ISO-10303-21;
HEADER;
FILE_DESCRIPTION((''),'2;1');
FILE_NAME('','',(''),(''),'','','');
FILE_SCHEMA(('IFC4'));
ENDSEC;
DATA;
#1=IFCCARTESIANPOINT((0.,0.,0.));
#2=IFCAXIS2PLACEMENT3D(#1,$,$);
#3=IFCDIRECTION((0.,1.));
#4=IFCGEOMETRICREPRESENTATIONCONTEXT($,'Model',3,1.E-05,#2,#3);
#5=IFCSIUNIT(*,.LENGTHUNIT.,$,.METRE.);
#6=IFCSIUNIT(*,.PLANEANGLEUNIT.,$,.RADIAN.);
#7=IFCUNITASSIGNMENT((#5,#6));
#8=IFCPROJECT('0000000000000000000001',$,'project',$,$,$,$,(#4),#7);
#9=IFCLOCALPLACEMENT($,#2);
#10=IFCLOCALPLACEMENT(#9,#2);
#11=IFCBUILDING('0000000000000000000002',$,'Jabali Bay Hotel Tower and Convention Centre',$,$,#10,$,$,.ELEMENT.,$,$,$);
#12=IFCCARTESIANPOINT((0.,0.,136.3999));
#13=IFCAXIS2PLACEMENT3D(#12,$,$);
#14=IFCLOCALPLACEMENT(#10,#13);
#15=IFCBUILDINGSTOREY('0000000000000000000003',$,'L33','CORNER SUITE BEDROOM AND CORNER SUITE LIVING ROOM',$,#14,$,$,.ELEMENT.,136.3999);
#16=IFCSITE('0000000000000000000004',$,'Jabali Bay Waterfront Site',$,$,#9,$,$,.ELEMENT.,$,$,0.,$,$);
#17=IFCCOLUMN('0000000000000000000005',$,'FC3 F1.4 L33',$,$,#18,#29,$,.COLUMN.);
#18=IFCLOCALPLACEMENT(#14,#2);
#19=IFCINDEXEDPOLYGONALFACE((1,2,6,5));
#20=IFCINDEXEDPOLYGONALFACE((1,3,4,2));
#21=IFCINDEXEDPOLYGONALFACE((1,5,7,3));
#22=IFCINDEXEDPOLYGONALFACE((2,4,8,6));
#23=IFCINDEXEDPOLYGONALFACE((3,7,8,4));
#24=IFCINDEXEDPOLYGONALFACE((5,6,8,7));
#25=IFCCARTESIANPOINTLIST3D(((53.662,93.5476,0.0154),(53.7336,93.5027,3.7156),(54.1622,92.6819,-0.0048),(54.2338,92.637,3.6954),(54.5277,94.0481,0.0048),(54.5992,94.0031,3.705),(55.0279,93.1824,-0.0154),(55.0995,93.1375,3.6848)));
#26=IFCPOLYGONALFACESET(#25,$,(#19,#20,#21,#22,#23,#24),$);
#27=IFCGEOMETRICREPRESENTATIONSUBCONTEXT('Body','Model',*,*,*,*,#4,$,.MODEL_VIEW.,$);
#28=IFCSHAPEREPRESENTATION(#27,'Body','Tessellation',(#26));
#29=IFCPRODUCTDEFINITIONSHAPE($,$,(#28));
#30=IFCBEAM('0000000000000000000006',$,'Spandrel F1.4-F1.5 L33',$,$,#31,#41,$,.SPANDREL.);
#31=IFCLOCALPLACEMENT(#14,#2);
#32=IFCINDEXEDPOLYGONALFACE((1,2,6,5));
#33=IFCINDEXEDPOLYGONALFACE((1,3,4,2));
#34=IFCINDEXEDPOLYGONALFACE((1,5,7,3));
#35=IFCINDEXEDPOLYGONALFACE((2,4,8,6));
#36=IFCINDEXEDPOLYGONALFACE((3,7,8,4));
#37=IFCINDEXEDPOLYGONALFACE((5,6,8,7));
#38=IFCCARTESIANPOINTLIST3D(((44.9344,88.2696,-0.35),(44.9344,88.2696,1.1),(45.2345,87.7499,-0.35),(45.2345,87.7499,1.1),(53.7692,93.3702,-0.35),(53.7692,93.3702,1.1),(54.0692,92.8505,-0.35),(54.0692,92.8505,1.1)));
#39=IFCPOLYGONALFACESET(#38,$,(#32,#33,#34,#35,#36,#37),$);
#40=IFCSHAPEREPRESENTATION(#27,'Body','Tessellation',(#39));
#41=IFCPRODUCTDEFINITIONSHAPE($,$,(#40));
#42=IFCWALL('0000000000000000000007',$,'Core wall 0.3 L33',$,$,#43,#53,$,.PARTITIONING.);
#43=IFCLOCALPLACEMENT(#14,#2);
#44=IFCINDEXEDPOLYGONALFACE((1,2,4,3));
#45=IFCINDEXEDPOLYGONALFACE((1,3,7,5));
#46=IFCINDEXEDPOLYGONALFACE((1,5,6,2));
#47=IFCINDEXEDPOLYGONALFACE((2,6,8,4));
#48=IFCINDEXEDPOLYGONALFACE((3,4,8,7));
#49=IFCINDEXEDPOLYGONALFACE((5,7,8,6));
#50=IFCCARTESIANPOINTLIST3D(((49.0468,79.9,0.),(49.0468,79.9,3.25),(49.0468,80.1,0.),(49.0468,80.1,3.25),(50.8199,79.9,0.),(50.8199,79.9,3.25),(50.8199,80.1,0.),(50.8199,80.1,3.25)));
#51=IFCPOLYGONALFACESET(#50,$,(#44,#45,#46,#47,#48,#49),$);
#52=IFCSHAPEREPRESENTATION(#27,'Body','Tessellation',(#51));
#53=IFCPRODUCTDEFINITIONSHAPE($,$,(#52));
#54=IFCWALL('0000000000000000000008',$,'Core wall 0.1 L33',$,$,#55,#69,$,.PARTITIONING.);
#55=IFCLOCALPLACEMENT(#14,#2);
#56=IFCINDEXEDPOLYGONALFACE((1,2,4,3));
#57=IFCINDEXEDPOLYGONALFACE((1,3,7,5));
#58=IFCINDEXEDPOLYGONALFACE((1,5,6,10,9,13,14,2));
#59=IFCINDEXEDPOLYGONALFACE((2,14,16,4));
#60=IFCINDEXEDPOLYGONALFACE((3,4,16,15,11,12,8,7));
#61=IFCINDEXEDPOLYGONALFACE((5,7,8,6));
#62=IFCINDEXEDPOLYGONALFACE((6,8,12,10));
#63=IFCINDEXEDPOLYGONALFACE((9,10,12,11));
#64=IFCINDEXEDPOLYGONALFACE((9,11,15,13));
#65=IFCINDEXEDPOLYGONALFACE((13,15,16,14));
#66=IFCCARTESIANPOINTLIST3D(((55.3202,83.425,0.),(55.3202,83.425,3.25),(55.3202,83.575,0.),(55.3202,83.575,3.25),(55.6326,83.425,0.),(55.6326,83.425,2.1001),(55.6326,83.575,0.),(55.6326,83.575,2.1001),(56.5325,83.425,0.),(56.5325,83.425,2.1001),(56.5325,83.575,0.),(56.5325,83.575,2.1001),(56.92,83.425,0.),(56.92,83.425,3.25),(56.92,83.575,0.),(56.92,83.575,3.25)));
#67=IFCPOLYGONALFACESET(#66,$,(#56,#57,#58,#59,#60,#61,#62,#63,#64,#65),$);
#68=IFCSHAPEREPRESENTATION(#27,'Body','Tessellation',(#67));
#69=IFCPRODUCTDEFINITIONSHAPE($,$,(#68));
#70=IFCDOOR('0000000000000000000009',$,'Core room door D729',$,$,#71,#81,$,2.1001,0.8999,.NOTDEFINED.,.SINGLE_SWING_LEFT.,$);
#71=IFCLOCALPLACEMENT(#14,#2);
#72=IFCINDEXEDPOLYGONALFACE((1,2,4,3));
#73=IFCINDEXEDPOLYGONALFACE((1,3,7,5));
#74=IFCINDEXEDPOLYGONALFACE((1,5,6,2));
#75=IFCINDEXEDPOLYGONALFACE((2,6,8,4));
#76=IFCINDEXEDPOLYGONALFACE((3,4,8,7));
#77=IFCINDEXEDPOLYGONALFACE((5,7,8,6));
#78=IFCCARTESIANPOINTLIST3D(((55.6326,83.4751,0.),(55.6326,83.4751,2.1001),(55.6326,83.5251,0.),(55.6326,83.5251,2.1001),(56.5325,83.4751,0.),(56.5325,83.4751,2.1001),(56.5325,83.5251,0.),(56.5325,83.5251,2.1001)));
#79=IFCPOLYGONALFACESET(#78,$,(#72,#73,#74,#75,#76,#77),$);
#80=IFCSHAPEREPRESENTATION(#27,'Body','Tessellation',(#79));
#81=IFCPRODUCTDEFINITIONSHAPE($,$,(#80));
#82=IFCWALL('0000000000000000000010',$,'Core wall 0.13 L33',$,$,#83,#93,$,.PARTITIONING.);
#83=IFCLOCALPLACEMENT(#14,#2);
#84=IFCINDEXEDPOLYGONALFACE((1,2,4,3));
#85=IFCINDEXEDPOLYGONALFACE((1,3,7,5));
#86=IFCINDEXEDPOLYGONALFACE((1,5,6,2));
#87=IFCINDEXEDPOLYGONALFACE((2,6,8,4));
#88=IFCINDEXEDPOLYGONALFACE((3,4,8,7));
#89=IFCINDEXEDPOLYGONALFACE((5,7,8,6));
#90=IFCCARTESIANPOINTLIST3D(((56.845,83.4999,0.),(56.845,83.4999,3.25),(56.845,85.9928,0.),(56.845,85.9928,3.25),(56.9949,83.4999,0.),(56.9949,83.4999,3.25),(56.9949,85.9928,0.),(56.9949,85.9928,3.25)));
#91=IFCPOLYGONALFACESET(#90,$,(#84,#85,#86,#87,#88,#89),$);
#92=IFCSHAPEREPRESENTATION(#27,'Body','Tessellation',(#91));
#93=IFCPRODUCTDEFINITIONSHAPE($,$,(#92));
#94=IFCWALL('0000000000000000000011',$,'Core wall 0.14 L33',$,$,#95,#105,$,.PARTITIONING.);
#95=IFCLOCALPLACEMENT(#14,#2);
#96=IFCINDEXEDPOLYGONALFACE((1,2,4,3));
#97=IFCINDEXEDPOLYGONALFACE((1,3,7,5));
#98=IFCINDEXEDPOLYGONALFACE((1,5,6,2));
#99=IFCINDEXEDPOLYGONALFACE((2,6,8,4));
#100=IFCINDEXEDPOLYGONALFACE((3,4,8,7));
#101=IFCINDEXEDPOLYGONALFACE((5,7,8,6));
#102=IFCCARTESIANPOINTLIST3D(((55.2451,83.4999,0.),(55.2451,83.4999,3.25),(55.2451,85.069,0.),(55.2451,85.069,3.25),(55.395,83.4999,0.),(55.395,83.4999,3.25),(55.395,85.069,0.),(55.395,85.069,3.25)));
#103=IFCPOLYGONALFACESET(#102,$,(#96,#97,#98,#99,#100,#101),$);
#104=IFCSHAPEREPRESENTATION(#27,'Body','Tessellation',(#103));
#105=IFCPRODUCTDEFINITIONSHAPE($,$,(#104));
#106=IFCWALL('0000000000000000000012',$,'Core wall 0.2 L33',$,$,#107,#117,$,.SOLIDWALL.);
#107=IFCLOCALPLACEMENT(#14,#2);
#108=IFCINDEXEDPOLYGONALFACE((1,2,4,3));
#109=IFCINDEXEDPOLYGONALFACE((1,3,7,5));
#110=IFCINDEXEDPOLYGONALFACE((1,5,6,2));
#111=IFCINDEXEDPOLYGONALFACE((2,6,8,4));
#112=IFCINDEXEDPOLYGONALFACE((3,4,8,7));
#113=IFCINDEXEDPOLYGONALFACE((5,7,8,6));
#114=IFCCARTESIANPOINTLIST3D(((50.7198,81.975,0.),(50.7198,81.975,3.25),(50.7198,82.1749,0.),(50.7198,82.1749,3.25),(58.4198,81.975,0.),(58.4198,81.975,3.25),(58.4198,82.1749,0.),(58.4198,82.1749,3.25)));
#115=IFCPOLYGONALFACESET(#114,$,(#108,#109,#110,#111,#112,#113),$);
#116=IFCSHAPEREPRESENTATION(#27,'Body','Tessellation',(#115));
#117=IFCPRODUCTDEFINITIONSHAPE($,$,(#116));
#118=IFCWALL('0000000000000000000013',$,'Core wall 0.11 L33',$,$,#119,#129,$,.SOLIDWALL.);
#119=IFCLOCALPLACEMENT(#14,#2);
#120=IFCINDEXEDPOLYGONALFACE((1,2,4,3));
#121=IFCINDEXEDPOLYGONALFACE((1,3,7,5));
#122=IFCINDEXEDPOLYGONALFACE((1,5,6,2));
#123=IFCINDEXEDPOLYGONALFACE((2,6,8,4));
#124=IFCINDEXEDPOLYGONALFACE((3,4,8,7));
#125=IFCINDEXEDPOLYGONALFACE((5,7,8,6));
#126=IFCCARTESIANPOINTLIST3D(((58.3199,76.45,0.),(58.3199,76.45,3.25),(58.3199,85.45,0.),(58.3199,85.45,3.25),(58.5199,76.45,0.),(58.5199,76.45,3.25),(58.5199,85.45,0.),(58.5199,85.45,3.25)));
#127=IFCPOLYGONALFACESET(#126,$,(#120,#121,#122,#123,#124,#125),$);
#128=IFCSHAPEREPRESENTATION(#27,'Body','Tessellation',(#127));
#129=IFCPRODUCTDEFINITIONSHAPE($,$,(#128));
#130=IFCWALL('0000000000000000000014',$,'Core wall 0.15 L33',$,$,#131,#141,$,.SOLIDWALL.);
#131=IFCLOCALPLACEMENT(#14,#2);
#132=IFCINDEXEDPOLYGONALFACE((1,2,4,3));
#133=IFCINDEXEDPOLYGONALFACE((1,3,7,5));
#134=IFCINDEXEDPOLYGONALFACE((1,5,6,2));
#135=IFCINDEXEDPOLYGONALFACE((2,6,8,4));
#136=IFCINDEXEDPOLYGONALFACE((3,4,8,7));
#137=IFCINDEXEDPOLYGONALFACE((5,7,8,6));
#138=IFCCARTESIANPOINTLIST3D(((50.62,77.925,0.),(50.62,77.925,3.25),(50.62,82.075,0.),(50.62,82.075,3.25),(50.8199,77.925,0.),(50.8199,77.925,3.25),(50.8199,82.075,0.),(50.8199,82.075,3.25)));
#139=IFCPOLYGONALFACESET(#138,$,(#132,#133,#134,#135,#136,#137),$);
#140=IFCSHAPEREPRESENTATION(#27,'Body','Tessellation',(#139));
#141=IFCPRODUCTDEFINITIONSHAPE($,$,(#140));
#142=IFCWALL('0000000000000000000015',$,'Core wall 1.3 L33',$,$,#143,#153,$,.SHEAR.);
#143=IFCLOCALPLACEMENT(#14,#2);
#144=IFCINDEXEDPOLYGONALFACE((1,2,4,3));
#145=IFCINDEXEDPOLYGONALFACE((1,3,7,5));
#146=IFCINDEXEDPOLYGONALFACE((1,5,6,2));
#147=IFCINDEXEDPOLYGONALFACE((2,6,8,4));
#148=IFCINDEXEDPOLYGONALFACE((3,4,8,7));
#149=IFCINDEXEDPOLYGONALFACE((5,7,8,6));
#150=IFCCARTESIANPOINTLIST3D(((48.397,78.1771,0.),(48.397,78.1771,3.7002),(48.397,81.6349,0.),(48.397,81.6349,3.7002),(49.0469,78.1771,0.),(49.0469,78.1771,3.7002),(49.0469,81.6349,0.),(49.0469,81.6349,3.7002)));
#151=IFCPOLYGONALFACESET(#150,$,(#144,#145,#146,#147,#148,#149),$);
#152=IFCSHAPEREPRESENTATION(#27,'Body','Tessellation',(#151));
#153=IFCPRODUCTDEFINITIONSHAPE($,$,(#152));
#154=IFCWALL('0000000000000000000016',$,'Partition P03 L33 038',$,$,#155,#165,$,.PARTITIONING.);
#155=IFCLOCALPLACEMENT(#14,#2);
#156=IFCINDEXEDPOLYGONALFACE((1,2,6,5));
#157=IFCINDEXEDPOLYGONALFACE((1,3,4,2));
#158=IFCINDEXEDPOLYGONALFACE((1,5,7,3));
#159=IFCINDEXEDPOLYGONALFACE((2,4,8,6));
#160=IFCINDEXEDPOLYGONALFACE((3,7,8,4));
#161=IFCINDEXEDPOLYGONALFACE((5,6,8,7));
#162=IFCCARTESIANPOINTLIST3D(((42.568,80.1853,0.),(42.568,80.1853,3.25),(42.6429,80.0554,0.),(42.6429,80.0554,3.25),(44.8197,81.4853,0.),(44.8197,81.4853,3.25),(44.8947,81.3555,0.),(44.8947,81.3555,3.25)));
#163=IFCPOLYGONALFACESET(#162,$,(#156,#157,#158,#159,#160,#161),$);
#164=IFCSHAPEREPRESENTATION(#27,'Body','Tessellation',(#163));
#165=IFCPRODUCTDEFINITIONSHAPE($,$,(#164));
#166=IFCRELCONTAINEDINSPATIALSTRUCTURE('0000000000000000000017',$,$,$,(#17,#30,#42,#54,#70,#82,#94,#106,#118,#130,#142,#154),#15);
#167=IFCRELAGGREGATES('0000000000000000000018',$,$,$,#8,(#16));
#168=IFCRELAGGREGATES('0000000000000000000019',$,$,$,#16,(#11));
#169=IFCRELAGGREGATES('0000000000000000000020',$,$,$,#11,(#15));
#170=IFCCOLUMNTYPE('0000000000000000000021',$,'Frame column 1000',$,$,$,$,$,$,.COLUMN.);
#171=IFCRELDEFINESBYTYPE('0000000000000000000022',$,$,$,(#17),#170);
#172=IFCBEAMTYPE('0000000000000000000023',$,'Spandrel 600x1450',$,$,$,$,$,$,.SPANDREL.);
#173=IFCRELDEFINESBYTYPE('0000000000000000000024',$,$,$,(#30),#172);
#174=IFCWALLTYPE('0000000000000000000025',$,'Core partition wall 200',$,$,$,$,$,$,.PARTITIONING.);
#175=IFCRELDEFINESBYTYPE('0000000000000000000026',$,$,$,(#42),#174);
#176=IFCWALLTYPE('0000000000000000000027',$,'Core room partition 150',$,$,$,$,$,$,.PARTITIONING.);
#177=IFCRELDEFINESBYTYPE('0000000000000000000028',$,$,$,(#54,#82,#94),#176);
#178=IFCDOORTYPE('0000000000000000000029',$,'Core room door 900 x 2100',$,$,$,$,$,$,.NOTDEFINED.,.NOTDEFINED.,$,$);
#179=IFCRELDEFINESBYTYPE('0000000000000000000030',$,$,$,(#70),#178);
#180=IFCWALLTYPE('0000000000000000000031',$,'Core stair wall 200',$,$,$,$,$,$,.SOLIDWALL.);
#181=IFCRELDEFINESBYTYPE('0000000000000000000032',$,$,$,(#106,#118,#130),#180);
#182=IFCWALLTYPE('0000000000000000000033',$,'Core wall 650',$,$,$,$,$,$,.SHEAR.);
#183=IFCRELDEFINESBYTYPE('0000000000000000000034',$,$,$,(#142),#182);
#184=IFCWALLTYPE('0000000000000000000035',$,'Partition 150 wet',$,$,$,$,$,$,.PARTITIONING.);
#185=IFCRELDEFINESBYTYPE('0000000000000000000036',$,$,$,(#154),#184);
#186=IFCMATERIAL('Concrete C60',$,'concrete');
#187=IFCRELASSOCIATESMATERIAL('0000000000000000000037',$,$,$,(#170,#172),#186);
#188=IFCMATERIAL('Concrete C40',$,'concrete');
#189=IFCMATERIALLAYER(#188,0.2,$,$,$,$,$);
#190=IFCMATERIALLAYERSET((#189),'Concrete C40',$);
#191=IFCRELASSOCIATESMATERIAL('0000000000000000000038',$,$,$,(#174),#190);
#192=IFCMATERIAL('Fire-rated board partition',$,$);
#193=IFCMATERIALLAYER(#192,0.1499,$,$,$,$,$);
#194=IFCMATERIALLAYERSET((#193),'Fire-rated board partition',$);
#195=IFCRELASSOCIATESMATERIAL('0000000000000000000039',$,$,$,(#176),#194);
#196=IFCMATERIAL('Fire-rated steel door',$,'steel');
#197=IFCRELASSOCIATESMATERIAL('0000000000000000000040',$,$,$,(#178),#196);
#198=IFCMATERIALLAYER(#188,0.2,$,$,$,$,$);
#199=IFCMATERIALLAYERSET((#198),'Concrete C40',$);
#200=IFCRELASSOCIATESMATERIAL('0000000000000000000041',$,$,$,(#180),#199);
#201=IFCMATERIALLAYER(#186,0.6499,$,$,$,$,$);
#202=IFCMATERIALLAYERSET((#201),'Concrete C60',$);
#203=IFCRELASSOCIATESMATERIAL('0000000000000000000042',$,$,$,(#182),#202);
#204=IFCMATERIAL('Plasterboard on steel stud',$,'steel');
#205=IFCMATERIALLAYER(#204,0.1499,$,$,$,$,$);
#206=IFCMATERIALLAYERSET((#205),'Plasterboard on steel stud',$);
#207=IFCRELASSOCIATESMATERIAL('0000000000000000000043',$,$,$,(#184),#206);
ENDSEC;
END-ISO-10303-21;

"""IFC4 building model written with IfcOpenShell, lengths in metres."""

from ifc_helpers import new_model, si_unit, direction, frame, frame_2d, origin, origin_2d, place, context, subcontext, project, spatial, rectangle, extrude, material, layer, layer_set, material_profile, profile_set, type_object, element, fill, save


model = new_model("IFC4")

# Units and contexts
model_context = context("Model", 3, precision=1e-05, world=origin(), true_north=direction((0.0, 1.0)))
body_context = subcontext(model_context, "Body", "Model", "MODEL_VIEW")
ifc_project = project(units=[si_unit("LENGTHUNIT", "METRE"), si_unit("PLANEANGLEUNIT", "RADIAN")], contexts=[model_context])

# Site, building, storey
site_placement = place(None, origin())
site = spatial("IfcSite", under=ifc_project, at=site_placement, Name="Jabali Bay Waterfront Site", CompositionType="ELEMENT", RefElevation=0.0)
building_placement = place(site_placement, origin())
building = spatial("IfcBuilding", under=site, at=building_placement, Name="Jabali Bay Hotel Tower and Convention Centre", CompositionType="ELEMENT")
storey_placement = place(building_placement, frame((0.0, 0.0, 136.3999)))
storey = spatial("IfcBuildingStorey", under=building, at=storey_placement, Name="L33", Description="CORNER SUITE BEDROOM AND CORNER SUITE LIVING ROOM", CompositionType="ELEMENT", Elevation=136.3999)

# Column
ifc_material_1 = material(Name="Concrete C60", Category="concrete")
ifc_material_profile_1 = material_profile(ifc_material_1, rectangle(XDim=1.0, YDim=1.0, at=origin_2d()), Name="Frame column 1000")
ifc_profile_set_1 = profile_set([ifc_material_profile_1], Name="Concrete C60")
column_type = type_object("IfcColumnType", Name="Frame column 1000", PredefinedType="COLUMN", material=ifc_profile_set_1)
column_placement = place(storey_placement, frame((54.345, 93.365, 0.0), z_axis=(0.019327, -0.012137, 0.99974), x_axis=(-0.500203, 0.865673, 0.02018)))
element("IfcColumn", 1, at=column_placement, inside=storey, type_object=column_type, Name="FC3 F1.4 L33", PredefinedType="COLUMN", context=body_context, shape_type="SweptSolid", body=[
    extrude(rectangle(XDim=1.0, YDim=1.0, at=origin_2d()), origin(), (0.0, 0.0, 1.0), 3.7012),
])

# Beam
ifc_material_profile_2 = material_profile(ifc_material_1, rectangle(XDim=0.6001, YDim=1.45, at=origin_2d()), Name="Spandrel 600x1450")
ifc_profile_set_2 = profile_set([ifc_material_profile_2], Name="Concrete C60")
beam_type = type_object("IfcBeamType", Name="Spandrel 600x1450", PredefinedType="SPANDREL", material=ifc_profile_set_2)
beam_placement = place(storey_placement, frame((53.9192, 93.1104, 0.375), z_axis=(-0.866031, -0.49999, 0.0), x_axis=(0.49999, -0.866031, 0.0)))
element("IfcBeam", 2, at=beam_placement, inside=storey, type_object=beam_type, Name="Spandrel F1.4-F1.5 L33", PredefinedType="SPANDREL", context=body_context, shape_type="SweptSolid", body=[
    extrude(rectangle(XDim=0.6001, YDim=1.45, at=origin_2d()), origin(), (0.0, 0.0, 1.0), 10.2014),
])

# Wall
ifc_material_2 = material(Name="Concrete C40", Category="concrete")
ifc_layer_1 = layer(ifc_material_2, 0.2)
ifc_layer_set_1 = layer_set([ifc_layer_1], Name="Concrete C40")
wall_type_1 = type_object("IfcWallType", Name="Core partition wall 200", PredefinedType="PARTITIONING", material=ifc_layer_set_1)
wall_1_placement = place(storey_placement, frame((50.8201, 80.0, 0.0), z_axis=(0.0, 0.0, 1.0), x_axis=(-1.0, 0.0, 0.0)))
element("IfcWall", 3, at=wall_1_placement, inside=storey, type_object=wall_type_1, Name="Core wall 0.3 L33", PredefinedType="PARTITIONING", context=body_context, shape_type="SweptSolid", body=[
    extrude(rectangle(XDim=1.7732, YDim=0.2, at=frame_2d((0.8867, 0.0))), origin(), (0.0, 0.0, 1.0), 3.25),
])

# Wall, opening, door
ifc_material_3 = material(Name="Fire-rated board partition")
ifc_layer_2 = layer(ifc_material_3, 0.1499)
ifc_layer_set_2 = layer_set([ifc_layer_2], Name="Fire-rated board partition")
wall_type_2 = type_object("IfcWallType", Name="Core room partition 150", PredefinedType="PARTITIONING", material=ifc_layer_set_2)
wall_2_placement = place(storey_placement, frame((56.9199, 83.5, 0.0), z_axis=(0.0, 0.0, 1.0), x_axis=(-1.0, 0.0, 0.0)))
wall_2 = element("IfcWall", 4, at=wall_2_placement, inside=storey, type_object=wall_type_2, Name="Core wall 0.1 L33", PredefinedType="PARTITIONING", context=body_context, shape_type="SweptSolid", body=[
    extrude(rectangle(XDim=1.5999, YDim=0.1499, at=frame_2d((0.7998, 0.0))), origin(), (0.0, 0.0, 1.0), 3.25),
])
opening_placement = place(wall_2_placement, frame((0.3875, 0.0, 0.0)))
opening = element("IfcOpeningElement", 5, at=opening_placement, cuts=wall_2, PredefinedType="OPENING", context=body_context, shape_type="SweptSolid", body=[
    extrude(rectangle(XDim=0.8999, YDim=2.1001, at=frame_2d((0.45, 1.05))), frame((0.0, 0.0854, 0.0), z_axis=(0.0, -1.0, 0.0), x_axis=(1.0, 0.0, 0.0)), (0.0, 0.0, 1.0), 0.1709),
])
ifc_material_4 = material(Name="Fire-rated steel door", Category="steel")
door_type = type_object("IfcDoorType", Name="Core room door 900 x 2100", OperationType="NOTDEFINED", PredefinedType="NOTDEFINED", material=ifc_material_4)
door_placement = place(opening_placement, origin())
door = element("IfcDoor", 6, at=door_placement, inside=storey, type_object=door_type, Name="Core room door D729", OperationType="SINGLE_SWING_LEFT", OverallHeight=2.1001, OverallWidth=0.8999, PredefinedType="NOTDEFINED", context=body_context, shape_type="SweptSolid", body=[
    extrude(rectangle(XDim=0.8999, YDim=2.1001, at=frame_2d((0.45, 1.05))), frame((0.0, 0.0249, 0.0), z_axis=(0.0, -1.0, 0.0), x_axis=(1.0, 0.0, 0.0)), (0.0, 0.0, 1.0), 0.05),
])
fill(opening, door)

# Walls
wall_3_placement = place(storey_placement, frame((56.9199, 85.9929, 0.0), z_axis=(0.0, 0.0, 1.0), x_axis=(0.0, -1.0, 0.0)))
element("IfcWall", 7, at=wall_3_placement, inside=storey, type_object=wall_type_2, Name="Core wall 0.13 L33", PredefinedType="PARTITIONING", context=body_context, shape_type="SweptSolid", body=[
    extrude(rectangle(XDim=2.4929, YDim=0.1499, at=frame_2d((1.2466, 0.0))), origin(), (0.0, 0.0, 1.0), 3.25),
])
wall_4_placement = place(storey_placement, frame((55.3201, 85.0691, 0.0), z_axis=(0.0, 0.0, 1.0), x_axis=(0.0, -1.0, 0.0)))
element("IfcWall", 8, at=wall_4_placement, inside=storey, type_object=wall_type_2, Name="Core wall 0.14 L33", PredefinedType="PARTITIONING", context=body_context, shape_type="SweptSolid", body=[
    extrude(rectangle(XDim=1.5691, YDim=0.1499, at=frame_2d((0.7847, 0.0))), origin(), (0.0, 0.0, 1.0), 3.25),
])
ifc_layer_3 = layer(ifc_material_2, 0.2)
ifc_layer_set_3 = layer_set([ifc_layer_3], Name="Concrete C40")
wall_type_3 = type_object("IfcWallType", Name="Core stair wall 200", PredefinedType="SOLIDWALL", material=ifc_layer_set_3)
wall_5_placement = place(storey_placement, frame((58.4199, 82.075, 0.0), z_axis=(0.0, 0.0, 1.0), x_axis=(-1.0, 0.0, 0.0)))
element("IfcWall", 9, at=wall_5_placement, inside=storey, type_object=wall_type_3, Name="Core wall 0.2 L33", PredefinedType="SOLIDWALL", context=body_context, shape_type="SweptSolid", body=[
    extrude(rectangle(XDim=7.7, YDim=0.2, at=frame_2d((3.8501, 0.0))), origin(), (0.0, 0.0, 1.0), 3.25),
])
wall_6_placement = place(storey_placement, frame((58.4199, 85.45, 0.0), z_axis=(0.0, 0.0, 1.0), x_axis=(0.0, -1.0, 0.0)))
element("IfcWall", 10, at=wall_6_placement, inside=storey, type_object=wall_type_3, Name="Core wall 0.11 L33", PredefinedType="SOLIDWALL", context=body_context, shape_type="SweptSolid", body=[
    extrude(rectangle(XDim=9.0, YDim=0.2, at=frame_2d((4.5, 0.0))), origin(), (0.0, 0.0, 1.0), 3.25),
])
wall_7_placement = place(storey_placement, frame((50.72, 82.075, 0.0), z_axis=(0.0, 0.0, 1.0), x_axis=(0.0, -1.0, 0.0)))
element("IfcWall", 11, at=wall_7_placement, inside=storey, type_object=wall_type_3, Name="Core wall 0.15 L33", PredefinedType="SOLIDWALL", context=body_context, shape_type="SweptSolid", body=[
    extrude(rectangle(XDim=4.1499, YDim=0.2, at=frame_2d((2.075, 0.0))), origin(), (0.0, 0.0, 1.0), 3.25),
])
ifc_layer_4 = layer(ifc_material_1, 0.6499)
ifc_layer_set_4 = layer_set([ifc_layer_4], Name="Concrete C60")
wall_type_4 = type_object("IfcWallType", Name="Core wall 650", PredefinedType="SHEAR", material=ifc_layer_set_4)
wall_8_placement = place(storey_placement, frame((48.7219, 81.635, 0.0), z_axis=(0.0, 0.0, 1.0), x_axis=(0.0, -1.0, 0.0)))
element("IfcWall", 12, at=wall_8_placement, inside=storey, type_object=wall_type_4, Name="Core wall 1.3 L33", PredefinedType="SHEAR", context=body_context, shape_type="SweptSolid", body=[
    extrude(rectangle(XDim=3.4578, YDim=0.6499, at=frame_2d((1.729, 0.0))), origin(), (0.0, 0.0, 1.0), 3.7002),
])
ifc_material_5 = material(Name="Plasterboard on steel stud", Category="steel")
ifc_layer_5 = layer(ifc_material_5, 0.1499)
ifc_layer_set_5 = layer_set([ifc_layer_5], Name="Plasterboard on steel stud")
wall_type_5 = type_object("IfcWallType", Name="Partition 150 wet", PredefinedType="PARTITIONING", material=ifc_layer_set_5)
wall_9_placement = place(storey_placement, frame((44.8572, 81.4204, 0.0), z_axis=(0.0, 0.0, 1.0), x_axis=(-0.866021, -0.500007, 0.0)))
element("IfcWall", 13, at=wall_9_placement, inside=storey, type_object=wall_type_5, Name="Partition P03 L33 038", PredefinedType="PARTITIONING", context=body_context, shape_type="SweptSolid", body=[
    extrude(rectangle(XDim=2.6001, YDim=0.1499, at=frame_2d((1.3, 0.0))), origin(), (0.0, 0.0, 1.0), 3.25),
])

save(model, "model.ifc")
